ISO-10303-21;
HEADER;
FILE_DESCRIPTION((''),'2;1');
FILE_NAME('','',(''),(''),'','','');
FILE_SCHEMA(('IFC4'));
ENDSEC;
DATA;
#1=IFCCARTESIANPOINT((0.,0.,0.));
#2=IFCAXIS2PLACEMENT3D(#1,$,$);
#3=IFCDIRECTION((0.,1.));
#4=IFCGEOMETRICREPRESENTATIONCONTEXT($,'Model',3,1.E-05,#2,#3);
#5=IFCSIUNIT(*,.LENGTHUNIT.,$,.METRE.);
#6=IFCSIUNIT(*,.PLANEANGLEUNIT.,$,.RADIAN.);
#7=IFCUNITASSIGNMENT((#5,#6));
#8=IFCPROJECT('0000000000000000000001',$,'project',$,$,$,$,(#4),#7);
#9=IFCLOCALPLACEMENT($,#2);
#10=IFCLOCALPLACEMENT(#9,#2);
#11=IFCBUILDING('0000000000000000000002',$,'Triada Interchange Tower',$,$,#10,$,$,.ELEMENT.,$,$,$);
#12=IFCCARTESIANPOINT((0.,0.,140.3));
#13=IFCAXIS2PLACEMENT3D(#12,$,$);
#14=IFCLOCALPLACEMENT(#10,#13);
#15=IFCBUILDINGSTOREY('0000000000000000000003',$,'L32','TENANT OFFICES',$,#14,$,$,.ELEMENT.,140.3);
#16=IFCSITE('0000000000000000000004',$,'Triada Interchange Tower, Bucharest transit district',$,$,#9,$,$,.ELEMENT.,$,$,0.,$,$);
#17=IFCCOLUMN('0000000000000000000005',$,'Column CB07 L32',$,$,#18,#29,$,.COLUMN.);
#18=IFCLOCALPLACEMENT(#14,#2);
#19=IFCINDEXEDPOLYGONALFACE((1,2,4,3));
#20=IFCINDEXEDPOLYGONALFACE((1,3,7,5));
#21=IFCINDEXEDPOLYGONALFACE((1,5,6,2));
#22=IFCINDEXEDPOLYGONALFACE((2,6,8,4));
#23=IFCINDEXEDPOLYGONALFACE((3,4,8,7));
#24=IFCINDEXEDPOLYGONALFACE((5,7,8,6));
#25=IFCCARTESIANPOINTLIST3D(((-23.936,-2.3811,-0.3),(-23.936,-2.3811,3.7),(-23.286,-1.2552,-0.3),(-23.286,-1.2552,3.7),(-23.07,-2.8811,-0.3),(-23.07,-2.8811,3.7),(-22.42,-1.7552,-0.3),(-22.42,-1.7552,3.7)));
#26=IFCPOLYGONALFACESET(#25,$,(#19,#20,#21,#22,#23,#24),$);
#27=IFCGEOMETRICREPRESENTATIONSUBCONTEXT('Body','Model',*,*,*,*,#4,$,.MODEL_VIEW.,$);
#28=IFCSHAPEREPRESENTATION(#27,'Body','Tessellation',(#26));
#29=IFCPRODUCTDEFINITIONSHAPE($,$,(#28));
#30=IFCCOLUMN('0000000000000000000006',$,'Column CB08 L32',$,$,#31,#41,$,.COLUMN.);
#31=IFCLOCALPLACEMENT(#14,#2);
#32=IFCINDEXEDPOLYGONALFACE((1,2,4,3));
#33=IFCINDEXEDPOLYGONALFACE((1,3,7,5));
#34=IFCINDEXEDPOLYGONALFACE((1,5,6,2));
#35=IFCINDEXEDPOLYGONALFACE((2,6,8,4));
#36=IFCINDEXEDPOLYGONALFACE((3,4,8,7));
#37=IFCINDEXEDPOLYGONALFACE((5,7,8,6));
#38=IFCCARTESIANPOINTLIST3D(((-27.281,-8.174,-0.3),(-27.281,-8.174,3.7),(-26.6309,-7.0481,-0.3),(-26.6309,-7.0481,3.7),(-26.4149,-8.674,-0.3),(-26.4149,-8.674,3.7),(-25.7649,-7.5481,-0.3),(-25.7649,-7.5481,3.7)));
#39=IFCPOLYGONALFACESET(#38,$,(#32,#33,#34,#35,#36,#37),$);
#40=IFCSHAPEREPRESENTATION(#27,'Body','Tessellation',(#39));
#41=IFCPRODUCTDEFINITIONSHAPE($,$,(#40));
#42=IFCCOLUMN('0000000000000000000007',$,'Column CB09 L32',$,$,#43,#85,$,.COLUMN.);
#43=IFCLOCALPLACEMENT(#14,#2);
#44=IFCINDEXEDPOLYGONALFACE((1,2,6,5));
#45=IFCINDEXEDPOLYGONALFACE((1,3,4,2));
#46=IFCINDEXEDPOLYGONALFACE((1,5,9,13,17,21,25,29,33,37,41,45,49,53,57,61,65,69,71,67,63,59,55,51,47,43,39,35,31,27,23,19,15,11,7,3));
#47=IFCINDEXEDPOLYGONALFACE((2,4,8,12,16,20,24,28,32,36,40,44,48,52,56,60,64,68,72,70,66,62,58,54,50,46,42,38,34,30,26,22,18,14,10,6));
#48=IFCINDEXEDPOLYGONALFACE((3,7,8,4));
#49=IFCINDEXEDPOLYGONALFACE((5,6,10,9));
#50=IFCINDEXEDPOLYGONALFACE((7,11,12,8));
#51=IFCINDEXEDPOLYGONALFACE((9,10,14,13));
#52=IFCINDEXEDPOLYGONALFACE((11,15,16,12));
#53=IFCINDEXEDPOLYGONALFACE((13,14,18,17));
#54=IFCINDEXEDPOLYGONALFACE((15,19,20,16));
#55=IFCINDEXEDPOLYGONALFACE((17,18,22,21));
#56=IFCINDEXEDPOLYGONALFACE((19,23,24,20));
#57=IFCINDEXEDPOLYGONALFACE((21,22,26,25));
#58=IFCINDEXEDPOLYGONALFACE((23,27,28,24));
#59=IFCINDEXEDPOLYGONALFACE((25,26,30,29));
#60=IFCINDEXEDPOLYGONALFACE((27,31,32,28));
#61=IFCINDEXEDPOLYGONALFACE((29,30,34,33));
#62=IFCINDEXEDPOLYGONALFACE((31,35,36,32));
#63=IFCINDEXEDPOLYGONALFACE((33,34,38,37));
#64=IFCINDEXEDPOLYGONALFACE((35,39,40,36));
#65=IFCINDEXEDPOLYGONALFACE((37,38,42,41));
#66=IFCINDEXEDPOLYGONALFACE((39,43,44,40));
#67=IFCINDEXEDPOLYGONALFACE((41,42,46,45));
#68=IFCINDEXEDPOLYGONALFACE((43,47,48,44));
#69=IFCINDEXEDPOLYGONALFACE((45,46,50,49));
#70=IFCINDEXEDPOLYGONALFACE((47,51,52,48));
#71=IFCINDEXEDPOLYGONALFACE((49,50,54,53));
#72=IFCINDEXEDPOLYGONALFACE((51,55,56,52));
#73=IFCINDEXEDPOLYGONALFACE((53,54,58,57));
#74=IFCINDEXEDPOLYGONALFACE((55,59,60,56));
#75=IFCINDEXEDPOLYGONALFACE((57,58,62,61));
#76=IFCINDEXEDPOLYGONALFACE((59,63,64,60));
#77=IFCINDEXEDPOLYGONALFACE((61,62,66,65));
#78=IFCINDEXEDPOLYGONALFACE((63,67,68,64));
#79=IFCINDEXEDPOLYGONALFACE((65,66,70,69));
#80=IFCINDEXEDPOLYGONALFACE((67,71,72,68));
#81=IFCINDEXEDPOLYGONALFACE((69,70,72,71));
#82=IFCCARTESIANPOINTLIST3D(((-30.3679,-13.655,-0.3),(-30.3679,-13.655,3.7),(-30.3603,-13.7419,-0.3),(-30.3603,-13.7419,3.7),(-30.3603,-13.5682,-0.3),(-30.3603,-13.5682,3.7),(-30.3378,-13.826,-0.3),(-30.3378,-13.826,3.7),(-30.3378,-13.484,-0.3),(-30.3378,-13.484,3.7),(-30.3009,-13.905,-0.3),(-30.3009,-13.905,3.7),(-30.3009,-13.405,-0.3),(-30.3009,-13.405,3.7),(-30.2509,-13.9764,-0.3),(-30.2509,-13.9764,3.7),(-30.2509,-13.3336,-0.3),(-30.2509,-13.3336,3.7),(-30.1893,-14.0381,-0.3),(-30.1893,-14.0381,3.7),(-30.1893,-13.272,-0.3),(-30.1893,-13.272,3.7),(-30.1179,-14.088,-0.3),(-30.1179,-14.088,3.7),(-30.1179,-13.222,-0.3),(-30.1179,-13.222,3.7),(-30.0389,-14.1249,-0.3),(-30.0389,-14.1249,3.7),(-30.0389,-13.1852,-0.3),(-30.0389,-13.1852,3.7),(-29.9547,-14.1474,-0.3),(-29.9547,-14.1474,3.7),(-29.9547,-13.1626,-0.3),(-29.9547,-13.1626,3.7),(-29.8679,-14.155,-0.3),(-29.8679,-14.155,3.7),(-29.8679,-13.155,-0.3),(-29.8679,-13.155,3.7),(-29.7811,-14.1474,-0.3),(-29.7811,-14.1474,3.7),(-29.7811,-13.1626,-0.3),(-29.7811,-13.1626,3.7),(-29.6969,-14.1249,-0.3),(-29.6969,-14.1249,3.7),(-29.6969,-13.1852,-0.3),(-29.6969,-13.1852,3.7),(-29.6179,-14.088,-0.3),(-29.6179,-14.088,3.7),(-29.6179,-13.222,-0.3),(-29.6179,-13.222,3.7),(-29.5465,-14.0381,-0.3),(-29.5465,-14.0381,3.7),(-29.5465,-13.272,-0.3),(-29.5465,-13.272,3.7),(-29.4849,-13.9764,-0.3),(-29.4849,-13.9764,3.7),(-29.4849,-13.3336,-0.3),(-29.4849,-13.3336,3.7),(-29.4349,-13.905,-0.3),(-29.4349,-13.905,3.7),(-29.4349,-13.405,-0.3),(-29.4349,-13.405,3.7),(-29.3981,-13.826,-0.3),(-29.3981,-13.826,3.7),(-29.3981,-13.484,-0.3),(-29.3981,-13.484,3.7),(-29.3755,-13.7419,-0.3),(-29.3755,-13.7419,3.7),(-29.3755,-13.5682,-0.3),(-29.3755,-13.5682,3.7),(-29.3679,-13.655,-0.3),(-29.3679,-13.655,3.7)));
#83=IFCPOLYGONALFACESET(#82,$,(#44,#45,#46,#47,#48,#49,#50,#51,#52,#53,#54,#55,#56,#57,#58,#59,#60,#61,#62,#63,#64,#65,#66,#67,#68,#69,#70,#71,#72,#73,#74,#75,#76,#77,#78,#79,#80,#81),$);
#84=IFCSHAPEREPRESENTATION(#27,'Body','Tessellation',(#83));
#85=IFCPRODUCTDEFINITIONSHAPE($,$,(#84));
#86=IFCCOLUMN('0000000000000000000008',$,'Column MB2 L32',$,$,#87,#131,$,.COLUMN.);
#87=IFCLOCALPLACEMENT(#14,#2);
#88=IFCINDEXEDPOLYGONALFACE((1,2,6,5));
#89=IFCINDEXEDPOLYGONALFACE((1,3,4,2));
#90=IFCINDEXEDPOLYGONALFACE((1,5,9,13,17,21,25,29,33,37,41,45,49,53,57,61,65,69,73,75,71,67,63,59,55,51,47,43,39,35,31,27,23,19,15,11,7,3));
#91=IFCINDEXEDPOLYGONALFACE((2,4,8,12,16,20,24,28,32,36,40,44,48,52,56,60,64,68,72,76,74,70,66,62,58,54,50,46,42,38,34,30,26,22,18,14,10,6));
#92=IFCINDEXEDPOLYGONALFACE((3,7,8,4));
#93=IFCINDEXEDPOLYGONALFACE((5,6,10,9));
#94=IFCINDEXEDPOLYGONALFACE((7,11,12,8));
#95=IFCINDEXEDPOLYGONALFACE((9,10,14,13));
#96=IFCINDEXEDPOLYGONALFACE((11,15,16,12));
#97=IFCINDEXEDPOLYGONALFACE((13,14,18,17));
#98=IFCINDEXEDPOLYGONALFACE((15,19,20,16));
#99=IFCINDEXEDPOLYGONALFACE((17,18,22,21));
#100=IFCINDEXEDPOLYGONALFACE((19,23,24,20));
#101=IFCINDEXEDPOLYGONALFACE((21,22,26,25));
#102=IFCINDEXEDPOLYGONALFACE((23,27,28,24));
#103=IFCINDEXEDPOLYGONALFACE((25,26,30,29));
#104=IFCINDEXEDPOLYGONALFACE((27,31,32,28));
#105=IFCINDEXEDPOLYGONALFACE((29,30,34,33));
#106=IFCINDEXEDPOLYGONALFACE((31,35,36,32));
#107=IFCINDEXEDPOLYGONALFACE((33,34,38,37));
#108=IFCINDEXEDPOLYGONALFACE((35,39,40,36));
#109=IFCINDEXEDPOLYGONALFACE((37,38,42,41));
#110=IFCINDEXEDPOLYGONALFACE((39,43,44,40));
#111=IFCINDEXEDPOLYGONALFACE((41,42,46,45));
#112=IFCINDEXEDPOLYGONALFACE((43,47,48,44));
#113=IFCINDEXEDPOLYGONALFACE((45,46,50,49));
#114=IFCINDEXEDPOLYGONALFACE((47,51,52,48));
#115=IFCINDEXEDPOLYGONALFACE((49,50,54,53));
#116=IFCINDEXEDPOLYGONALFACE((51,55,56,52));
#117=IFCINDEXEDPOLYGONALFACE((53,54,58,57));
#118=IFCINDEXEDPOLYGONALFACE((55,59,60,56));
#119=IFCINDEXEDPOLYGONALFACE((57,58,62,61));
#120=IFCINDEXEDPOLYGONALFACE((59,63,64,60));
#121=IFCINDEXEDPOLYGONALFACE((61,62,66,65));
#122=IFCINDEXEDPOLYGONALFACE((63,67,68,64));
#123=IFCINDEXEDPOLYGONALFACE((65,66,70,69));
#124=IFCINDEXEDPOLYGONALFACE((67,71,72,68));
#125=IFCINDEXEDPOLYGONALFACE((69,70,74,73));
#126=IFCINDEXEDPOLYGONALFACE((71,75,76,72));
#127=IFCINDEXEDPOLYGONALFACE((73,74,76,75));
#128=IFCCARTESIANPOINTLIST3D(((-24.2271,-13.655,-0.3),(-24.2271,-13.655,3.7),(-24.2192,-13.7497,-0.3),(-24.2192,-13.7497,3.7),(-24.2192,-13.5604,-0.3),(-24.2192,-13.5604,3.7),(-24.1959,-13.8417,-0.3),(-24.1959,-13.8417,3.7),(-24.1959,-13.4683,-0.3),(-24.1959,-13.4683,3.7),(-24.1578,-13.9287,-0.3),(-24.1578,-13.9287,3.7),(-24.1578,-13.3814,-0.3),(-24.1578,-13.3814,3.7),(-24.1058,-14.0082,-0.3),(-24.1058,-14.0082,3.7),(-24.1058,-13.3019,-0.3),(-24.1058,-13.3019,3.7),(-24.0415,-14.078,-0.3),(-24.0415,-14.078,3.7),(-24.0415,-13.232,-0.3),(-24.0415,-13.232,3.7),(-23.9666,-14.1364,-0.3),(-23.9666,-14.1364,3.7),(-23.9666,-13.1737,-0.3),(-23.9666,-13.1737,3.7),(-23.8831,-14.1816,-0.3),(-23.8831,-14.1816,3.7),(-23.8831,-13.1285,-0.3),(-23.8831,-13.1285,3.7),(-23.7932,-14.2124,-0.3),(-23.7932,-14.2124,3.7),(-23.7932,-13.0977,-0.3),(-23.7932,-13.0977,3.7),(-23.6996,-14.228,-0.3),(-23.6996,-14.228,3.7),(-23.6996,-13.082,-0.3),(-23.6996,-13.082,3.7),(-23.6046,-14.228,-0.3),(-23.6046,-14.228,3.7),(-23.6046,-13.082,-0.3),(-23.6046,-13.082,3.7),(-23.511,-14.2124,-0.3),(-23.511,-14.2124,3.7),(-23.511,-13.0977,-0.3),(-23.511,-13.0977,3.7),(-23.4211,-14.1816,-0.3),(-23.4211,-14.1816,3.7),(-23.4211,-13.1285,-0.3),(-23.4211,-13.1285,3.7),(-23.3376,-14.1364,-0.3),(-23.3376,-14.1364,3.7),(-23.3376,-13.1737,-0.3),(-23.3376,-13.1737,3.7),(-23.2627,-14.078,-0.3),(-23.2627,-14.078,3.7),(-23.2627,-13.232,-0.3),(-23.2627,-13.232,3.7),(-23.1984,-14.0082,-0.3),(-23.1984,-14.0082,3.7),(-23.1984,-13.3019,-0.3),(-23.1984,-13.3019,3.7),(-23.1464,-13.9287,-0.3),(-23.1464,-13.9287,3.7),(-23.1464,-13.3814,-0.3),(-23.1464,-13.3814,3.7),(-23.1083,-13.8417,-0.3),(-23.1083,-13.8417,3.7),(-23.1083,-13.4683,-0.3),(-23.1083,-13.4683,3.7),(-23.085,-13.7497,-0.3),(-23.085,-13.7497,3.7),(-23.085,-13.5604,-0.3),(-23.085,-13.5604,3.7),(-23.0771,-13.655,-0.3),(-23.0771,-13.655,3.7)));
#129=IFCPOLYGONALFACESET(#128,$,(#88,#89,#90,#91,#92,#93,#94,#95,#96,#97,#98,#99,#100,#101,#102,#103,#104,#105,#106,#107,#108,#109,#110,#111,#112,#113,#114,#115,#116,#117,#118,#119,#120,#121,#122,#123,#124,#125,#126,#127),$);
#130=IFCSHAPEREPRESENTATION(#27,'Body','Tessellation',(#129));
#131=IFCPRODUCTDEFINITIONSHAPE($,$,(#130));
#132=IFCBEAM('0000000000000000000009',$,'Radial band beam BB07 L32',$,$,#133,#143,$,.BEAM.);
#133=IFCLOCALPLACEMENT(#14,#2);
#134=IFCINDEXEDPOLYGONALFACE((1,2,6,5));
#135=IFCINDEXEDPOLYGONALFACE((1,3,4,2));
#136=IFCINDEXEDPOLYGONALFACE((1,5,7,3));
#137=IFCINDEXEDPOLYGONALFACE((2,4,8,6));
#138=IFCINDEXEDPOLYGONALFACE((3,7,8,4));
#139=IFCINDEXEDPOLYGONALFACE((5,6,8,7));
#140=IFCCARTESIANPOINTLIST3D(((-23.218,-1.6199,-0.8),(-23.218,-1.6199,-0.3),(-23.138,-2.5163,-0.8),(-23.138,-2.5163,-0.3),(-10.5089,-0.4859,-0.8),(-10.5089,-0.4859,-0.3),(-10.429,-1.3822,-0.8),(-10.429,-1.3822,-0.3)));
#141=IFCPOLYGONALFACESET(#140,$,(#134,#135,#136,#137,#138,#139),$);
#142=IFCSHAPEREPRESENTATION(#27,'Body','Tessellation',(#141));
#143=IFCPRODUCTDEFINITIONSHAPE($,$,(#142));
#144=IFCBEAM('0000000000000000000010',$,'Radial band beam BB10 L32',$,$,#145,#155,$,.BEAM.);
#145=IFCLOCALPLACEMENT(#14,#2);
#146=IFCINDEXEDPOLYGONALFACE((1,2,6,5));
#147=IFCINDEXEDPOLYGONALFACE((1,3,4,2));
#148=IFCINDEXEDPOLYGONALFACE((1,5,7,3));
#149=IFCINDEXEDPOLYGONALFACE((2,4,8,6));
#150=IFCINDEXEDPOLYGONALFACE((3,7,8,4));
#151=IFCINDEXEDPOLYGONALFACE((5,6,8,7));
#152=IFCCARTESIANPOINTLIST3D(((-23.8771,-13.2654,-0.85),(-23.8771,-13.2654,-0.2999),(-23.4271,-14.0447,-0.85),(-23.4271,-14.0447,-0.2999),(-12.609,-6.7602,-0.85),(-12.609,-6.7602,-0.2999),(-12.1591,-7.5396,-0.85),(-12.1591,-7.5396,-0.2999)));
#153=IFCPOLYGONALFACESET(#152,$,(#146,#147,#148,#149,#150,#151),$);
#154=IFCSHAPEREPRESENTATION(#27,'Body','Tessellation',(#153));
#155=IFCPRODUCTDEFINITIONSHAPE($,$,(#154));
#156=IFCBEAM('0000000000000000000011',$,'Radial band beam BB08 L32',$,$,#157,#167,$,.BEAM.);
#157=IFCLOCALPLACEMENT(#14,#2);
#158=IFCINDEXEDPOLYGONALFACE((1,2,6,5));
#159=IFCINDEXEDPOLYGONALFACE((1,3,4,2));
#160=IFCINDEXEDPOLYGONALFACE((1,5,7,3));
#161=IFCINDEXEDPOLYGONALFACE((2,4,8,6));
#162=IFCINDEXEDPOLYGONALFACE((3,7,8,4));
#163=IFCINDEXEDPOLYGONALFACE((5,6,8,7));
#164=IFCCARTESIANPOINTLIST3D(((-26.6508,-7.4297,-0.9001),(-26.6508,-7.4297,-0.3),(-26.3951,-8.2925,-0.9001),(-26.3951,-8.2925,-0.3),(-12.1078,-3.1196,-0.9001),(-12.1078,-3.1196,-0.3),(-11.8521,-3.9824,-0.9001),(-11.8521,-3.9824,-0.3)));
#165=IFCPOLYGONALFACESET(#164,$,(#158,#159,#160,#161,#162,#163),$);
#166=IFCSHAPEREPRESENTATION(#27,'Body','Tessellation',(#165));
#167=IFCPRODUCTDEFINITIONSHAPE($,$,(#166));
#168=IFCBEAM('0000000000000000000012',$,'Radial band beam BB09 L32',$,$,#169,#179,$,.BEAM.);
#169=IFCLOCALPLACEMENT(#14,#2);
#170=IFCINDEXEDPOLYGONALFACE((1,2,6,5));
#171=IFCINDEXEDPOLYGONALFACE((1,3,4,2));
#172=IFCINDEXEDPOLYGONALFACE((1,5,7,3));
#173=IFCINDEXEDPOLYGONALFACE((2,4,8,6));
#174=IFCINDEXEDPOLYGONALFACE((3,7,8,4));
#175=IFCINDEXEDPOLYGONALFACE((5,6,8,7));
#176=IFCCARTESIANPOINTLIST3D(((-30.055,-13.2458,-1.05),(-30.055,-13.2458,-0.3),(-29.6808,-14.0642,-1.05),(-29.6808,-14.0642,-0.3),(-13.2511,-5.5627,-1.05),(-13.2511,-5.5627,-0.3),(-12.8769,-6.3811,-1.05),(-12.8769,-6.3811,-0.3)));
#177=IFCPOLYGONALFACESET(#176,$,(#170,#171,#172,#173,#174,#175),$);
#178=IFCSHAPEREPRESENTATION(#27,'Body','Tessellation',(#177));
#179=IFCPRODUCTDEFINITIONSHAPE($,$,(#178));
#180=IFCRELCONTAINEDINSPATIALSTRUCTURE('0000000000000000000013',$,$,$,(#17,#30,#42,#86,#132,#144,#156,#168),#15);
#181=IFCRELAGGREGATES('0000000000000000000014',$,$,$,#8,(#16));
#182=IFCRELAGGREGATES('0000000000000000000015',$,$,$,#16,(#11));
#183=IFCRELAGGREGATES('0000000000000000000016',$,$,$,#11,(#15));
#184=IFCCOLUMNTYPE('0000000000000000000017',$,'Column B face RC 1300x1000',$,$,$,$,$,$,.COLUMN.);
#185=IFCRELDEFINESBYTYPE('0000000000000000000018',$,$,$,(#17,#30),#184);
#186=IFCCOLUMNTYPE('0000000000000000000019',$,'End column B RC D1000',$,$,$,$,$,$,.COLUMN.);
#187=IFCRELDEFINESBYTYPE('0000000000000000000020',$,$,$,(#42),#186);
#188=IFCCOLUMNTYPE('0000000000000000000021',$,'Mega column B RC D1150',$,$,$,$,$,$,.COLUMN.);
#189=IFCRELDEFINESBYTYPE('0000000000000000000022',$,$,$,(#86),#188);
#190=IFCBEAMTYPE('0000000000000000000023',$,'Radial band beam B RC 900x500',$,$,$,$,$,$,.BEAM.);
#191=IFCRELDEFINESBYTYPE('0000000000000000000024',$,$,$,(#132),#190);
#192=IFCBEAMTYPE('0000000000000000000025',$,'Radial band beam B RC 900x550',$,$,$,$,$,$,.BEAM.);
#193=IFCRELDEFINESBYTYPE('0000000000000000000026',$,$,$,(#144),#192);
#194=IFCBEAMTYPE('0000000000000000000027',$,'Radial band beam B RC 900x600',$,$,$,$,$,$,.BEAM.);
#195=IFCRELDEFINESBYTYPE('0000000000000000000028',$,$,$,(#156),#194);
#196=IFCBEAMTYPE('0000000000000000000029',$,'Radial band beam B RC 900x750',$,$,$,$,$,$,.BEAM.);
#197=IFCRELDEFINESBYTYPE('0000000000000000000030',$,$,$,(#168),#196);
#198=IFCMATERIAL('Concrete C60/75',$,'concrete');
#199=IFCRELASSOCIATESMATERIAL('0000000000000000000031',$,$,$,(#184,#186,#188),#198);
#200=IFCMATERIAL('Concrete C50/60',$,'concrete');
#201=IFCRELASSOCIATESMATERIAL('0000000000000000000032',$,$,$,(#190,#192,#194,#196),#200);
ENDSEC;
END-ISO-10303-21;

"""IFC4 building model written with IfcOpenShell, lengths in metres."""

from ifc_helpers import new_model, si_unit, direction, frame, origin, origin_2d, place, context, subcontext, project, spatial, rectangle, circle, extrude, material, material_profile, profile_set, type_object, element, save


model = new_model("IFC4")

# Units and contexts
model_context = context("Model", 3, precision=1e-05, world=origin(), true_north=direction((0.0, 1.0)))
body_context = subcontext(model_context, "Body", "Model", "MODEL_VIEW")
ifc_project = project(units=[si_unit("LENGTHUNIT", "METRE"), si_unit("PLANEANGLEUNIT", "RADIAN")], contexts=[model_context])

# Site, building, storey
site_placement = place(None, origin())
site = spatial("IfcSite", under=ifc_project, at=site_placement, Name="Triada Interchange Tower, Bucharest transit district", CompositionType="ELEMENT", RefElevation=0.0)
building_placement = place(site_placement, origin())
building = spatial("IfcBuilding", under=site, at=building_placement, Name="Triada Interchange Tower", CompositionType="ELEMENT")
storey_placement = place(building_placement, frame((0.0, 0.0, 140.3)))
storey = spatial("IfcBuildingStorey", under=building, at=storey_placement, Name="L32", Description="TENANT OFFICES", CompositionType="ELEMENT", Elevation=140.3)

# Columns
ifc_material_1 = material(Name="Concrete C60/75", Category="concrete")
ifc_material_profile_1 = material_profile(ifc_material_1, rectangle(XDim=1.3, YDim=1.0, at=origin_2d()), Name="RC 1300x1000")
ifc_profile_set_1 = profile_set([ifc_material_profile_1], Name="Concrete C60/75")
column_type_1 = type_object("IfcColumnType", Name="Column B face RC 1300x1000", PredefinedType="COLUMN", material=ifc_profile_set_1)
for number, where, z_axis, x_axis, name in (
    (1, (-23.178, -2.0681, -0.3), (0.0, 0.0, 1.0), (0.5, 0.866025, 0.0), "Column CB07 L32"),
    (2, (-26.5229, -7.8611, -0.3), (0.0, 0.0, 1.0), (0.5, 0.866025, 0.0), "Column CB08 L32"),
):
    element("IfcColumn", number, at=place(storey_placement, frame(where, z_axis=z_axis, x_axis=x_axis)), inside=storey, type_object=column_type_1, Name=name, PredefinedType="COLUMN", context=body_context, shape_type="SweptSolid", body=[
        extrude(rectangle(XDim=1.3, YDim=1.0, at=origin_2d()), origin(), (0.0, 0.0, 1.0), 4.0),
    ])
ifc_material_profile_2 = material_profile(ifc_material_1, circle(Radius=0.5, at=origin_2d()), Name="RC D1000")
ifc_profile_set_2 = profile_set([ifc_material_profile_2], Name="Concrete C60/75")
column_type_2 = type_object("IfcColumnType", Name="End column B RC D1000", PredefinedType="COLUMN", material=ifc_profile_set_2)
column_1_placement = place(storey_placement, frame((-29.8679, -13.655, -0.3), z_axis=(0.0, 0.0, 1.0), x_axis=(0.5, 0.866025, 0.0)))
element("IfcColumn", 3, at=column_1_placement, inside=storey, type_object=column_type_2, Name="Column CB09 L32", PredefinedType="COLUMN", context=body_context, shape_type="SweptSolid", body=[
    extrude(circle(Radius=0.5, at=origin_2d()), origin(), (0.0, 0.0, 1.0), 4.0),
])
ifc_material_profile_3 = material_profile(ifc_material_1, circle(Radius=0.575, at=origin_2d()), Name="RC D1150")
ifc_profile_set_3 = profile_set([ifc_material_profile_3], Name="Concrete C60/75")
column_type_3 = type_object("IfcColumnType", Name="Mega column B RC D1150", PredefinedType="COLUMN", material=ifc_profile_set_3)
column_2_placement = place(storey_placement, frame((-23.6521, -13.655, -0.3), z_axis=(0.0, 0.0, 1.0), x_axis=(1.0, 0.0, 0.0)))
element("IfcColumn", 4, at=column_2_placement, inside=storey, type_object=column_type_3, Name="Column MB2 L32", PredefinedType="COLUMN", context=body_context, shape_type="SweptSolid", body=[
    extrude(circle(Radius=0.575, at=origin_2d()), origin(), (0.0, 0.0, 1.0), 4.0),
])

# Beams
ifc_material_2 = material(Name="Concrete C50/60", Category="concrete")
ifc_material_profile_4 = material_profile(ifc_material_2, rectangle(XDim=0.8999, YDim=0.5, at=origin_2d()), Name="RC 900x500")
ifc_profile_set_4 = profile_set([ifc_material_profile_4], Name="Concrete C50/60")
beam_type_1 = type_object("IfcBeamType", Name="Radial band beam B RC 900x500", PredefinedType="BEAM", material=ifc_profile_set_4)
beam_1_placement = place(storey_placement, frame((-23.178, -2.0681, -0.55), z_axis=(0.996043, 0.088878, 0.0), x_axis=(-0.088878, 0.996043, 0.0)))
element("IfcBeam", 5, at=beam_1_placement, inside=storey, type_object=beam_type_1, Name="Radial band beam BB07 L32", PredefinedType="BEAM", context=body_context, shape_type="SweptSolid", body=[
    extrude(rectangle(XDim=0.8999, YDim=0.5, at=origin_2d()), origin(), (0.0, 0.0, 1.0), 12.7595),
])
ifc_material_profile_5 = material_profile(ifc_material_2, rectangle(XDim=0.8999, YDim=0.55, at=origin_2d()), Name="RC 900x550")
ifc_profile_set_5 = profile_set([ifc_material_profile_5], Name="Concrete C50/60")
beam_type_2 = type_object("IfcBeamType", Name="Radial band beam B RC 900x550", PredefinedType="BEAM", material=ifc_profile_set_5)
beam_2_placement = place(storey_placement, frame((-23.6521, -13.655, -0.575), z_axis=(0.866042, 0.499972, 0.0), x_axis=(-0.499972, 0.866042, 0.0)))
element("IfcBeam", 6, at=beam_2_placement, inside=storey, type_object=beam_type_2, Name="Radial band beam BB10 L32", PredefinedType="BEAM", context=body_context, shape_type="SweptSolid", body=[
    extrude(rectangle(XDim=0.8999, YDim=0.55, at=origin_2d()), origin(), (0.0, 0.0, 1.0), 13.011),
])
ifc_material_profile_6 = material_profile(ifc_material_2, rectangle(XDim=0.8999, YDim=0.6001, at=origin_2d()), Name="RC 900x600")
ifc_profile_set_6 = profile_set([ifc_material_profile_6], Name="Concrete C50/60")
beam_type_3 = type_object("IfcBeamType", Name="Radial band beam B RC 900x600", PredefinedType="BEAM", material=ifc_profile_set_6)
beam_3_placement = place(storey_placement, frame((-26.5229, -7.8611, -0.6001), z_axis=(0.95878, 0.284151, 0.0), x_axis=(-0.284151, 0.95878, 0.0)))
element("IfcBeam", 7, at=beam_3_placement, inside=storey, type_object=beam_type_3, Name="Radial band beam BB08 L32", PredefinedType="BEAM", context=body_context, shape_type="SweptSolid", body=[
    extrude(rectangle(XDim=0.8999, YDim=0.6001, at=origin_2d()), origin(), (0.0, 0.0, 1.0), 15.1682),
])
ifc_material_profile_7 = material_profile(ifc_material_2, rectangle(XDim=0.8999, YDim=0.75, at=origin_2d()), Name="RC 900x750")
ifc_profile_set_7 = profile_set([ifc_material_profile_7], Name="Concrete C50/60")
beam_type_4 = type_object("IfcBeamType", Name="Radial band beam B RC 900x750", PredefinedType="BEAM", material=ifc_profile_set_7)
beam_4_placement = place(storey_placement, frame((-29.8679, -13.655, -0.675), z_axis=(0.909448, 0.415818, 0.0), x_axis=(-0.415818, 0.909448, 0.0)))
element("IfcBeam", 8, at=beam_4_placement, inside=storey, type_object=beam_type_4, Name="Radial band beam BB09 L32", PredefinedType="BEAM", context=body_context, shape_type="SweptSolid", body=[
    extrude(rectangle(XDim=0.8999, YDim=0.75, at=origin_2d()), origin(), (0.0, 0.0, 1.0), 18.4771),
])

save(model, "model.ifc")
